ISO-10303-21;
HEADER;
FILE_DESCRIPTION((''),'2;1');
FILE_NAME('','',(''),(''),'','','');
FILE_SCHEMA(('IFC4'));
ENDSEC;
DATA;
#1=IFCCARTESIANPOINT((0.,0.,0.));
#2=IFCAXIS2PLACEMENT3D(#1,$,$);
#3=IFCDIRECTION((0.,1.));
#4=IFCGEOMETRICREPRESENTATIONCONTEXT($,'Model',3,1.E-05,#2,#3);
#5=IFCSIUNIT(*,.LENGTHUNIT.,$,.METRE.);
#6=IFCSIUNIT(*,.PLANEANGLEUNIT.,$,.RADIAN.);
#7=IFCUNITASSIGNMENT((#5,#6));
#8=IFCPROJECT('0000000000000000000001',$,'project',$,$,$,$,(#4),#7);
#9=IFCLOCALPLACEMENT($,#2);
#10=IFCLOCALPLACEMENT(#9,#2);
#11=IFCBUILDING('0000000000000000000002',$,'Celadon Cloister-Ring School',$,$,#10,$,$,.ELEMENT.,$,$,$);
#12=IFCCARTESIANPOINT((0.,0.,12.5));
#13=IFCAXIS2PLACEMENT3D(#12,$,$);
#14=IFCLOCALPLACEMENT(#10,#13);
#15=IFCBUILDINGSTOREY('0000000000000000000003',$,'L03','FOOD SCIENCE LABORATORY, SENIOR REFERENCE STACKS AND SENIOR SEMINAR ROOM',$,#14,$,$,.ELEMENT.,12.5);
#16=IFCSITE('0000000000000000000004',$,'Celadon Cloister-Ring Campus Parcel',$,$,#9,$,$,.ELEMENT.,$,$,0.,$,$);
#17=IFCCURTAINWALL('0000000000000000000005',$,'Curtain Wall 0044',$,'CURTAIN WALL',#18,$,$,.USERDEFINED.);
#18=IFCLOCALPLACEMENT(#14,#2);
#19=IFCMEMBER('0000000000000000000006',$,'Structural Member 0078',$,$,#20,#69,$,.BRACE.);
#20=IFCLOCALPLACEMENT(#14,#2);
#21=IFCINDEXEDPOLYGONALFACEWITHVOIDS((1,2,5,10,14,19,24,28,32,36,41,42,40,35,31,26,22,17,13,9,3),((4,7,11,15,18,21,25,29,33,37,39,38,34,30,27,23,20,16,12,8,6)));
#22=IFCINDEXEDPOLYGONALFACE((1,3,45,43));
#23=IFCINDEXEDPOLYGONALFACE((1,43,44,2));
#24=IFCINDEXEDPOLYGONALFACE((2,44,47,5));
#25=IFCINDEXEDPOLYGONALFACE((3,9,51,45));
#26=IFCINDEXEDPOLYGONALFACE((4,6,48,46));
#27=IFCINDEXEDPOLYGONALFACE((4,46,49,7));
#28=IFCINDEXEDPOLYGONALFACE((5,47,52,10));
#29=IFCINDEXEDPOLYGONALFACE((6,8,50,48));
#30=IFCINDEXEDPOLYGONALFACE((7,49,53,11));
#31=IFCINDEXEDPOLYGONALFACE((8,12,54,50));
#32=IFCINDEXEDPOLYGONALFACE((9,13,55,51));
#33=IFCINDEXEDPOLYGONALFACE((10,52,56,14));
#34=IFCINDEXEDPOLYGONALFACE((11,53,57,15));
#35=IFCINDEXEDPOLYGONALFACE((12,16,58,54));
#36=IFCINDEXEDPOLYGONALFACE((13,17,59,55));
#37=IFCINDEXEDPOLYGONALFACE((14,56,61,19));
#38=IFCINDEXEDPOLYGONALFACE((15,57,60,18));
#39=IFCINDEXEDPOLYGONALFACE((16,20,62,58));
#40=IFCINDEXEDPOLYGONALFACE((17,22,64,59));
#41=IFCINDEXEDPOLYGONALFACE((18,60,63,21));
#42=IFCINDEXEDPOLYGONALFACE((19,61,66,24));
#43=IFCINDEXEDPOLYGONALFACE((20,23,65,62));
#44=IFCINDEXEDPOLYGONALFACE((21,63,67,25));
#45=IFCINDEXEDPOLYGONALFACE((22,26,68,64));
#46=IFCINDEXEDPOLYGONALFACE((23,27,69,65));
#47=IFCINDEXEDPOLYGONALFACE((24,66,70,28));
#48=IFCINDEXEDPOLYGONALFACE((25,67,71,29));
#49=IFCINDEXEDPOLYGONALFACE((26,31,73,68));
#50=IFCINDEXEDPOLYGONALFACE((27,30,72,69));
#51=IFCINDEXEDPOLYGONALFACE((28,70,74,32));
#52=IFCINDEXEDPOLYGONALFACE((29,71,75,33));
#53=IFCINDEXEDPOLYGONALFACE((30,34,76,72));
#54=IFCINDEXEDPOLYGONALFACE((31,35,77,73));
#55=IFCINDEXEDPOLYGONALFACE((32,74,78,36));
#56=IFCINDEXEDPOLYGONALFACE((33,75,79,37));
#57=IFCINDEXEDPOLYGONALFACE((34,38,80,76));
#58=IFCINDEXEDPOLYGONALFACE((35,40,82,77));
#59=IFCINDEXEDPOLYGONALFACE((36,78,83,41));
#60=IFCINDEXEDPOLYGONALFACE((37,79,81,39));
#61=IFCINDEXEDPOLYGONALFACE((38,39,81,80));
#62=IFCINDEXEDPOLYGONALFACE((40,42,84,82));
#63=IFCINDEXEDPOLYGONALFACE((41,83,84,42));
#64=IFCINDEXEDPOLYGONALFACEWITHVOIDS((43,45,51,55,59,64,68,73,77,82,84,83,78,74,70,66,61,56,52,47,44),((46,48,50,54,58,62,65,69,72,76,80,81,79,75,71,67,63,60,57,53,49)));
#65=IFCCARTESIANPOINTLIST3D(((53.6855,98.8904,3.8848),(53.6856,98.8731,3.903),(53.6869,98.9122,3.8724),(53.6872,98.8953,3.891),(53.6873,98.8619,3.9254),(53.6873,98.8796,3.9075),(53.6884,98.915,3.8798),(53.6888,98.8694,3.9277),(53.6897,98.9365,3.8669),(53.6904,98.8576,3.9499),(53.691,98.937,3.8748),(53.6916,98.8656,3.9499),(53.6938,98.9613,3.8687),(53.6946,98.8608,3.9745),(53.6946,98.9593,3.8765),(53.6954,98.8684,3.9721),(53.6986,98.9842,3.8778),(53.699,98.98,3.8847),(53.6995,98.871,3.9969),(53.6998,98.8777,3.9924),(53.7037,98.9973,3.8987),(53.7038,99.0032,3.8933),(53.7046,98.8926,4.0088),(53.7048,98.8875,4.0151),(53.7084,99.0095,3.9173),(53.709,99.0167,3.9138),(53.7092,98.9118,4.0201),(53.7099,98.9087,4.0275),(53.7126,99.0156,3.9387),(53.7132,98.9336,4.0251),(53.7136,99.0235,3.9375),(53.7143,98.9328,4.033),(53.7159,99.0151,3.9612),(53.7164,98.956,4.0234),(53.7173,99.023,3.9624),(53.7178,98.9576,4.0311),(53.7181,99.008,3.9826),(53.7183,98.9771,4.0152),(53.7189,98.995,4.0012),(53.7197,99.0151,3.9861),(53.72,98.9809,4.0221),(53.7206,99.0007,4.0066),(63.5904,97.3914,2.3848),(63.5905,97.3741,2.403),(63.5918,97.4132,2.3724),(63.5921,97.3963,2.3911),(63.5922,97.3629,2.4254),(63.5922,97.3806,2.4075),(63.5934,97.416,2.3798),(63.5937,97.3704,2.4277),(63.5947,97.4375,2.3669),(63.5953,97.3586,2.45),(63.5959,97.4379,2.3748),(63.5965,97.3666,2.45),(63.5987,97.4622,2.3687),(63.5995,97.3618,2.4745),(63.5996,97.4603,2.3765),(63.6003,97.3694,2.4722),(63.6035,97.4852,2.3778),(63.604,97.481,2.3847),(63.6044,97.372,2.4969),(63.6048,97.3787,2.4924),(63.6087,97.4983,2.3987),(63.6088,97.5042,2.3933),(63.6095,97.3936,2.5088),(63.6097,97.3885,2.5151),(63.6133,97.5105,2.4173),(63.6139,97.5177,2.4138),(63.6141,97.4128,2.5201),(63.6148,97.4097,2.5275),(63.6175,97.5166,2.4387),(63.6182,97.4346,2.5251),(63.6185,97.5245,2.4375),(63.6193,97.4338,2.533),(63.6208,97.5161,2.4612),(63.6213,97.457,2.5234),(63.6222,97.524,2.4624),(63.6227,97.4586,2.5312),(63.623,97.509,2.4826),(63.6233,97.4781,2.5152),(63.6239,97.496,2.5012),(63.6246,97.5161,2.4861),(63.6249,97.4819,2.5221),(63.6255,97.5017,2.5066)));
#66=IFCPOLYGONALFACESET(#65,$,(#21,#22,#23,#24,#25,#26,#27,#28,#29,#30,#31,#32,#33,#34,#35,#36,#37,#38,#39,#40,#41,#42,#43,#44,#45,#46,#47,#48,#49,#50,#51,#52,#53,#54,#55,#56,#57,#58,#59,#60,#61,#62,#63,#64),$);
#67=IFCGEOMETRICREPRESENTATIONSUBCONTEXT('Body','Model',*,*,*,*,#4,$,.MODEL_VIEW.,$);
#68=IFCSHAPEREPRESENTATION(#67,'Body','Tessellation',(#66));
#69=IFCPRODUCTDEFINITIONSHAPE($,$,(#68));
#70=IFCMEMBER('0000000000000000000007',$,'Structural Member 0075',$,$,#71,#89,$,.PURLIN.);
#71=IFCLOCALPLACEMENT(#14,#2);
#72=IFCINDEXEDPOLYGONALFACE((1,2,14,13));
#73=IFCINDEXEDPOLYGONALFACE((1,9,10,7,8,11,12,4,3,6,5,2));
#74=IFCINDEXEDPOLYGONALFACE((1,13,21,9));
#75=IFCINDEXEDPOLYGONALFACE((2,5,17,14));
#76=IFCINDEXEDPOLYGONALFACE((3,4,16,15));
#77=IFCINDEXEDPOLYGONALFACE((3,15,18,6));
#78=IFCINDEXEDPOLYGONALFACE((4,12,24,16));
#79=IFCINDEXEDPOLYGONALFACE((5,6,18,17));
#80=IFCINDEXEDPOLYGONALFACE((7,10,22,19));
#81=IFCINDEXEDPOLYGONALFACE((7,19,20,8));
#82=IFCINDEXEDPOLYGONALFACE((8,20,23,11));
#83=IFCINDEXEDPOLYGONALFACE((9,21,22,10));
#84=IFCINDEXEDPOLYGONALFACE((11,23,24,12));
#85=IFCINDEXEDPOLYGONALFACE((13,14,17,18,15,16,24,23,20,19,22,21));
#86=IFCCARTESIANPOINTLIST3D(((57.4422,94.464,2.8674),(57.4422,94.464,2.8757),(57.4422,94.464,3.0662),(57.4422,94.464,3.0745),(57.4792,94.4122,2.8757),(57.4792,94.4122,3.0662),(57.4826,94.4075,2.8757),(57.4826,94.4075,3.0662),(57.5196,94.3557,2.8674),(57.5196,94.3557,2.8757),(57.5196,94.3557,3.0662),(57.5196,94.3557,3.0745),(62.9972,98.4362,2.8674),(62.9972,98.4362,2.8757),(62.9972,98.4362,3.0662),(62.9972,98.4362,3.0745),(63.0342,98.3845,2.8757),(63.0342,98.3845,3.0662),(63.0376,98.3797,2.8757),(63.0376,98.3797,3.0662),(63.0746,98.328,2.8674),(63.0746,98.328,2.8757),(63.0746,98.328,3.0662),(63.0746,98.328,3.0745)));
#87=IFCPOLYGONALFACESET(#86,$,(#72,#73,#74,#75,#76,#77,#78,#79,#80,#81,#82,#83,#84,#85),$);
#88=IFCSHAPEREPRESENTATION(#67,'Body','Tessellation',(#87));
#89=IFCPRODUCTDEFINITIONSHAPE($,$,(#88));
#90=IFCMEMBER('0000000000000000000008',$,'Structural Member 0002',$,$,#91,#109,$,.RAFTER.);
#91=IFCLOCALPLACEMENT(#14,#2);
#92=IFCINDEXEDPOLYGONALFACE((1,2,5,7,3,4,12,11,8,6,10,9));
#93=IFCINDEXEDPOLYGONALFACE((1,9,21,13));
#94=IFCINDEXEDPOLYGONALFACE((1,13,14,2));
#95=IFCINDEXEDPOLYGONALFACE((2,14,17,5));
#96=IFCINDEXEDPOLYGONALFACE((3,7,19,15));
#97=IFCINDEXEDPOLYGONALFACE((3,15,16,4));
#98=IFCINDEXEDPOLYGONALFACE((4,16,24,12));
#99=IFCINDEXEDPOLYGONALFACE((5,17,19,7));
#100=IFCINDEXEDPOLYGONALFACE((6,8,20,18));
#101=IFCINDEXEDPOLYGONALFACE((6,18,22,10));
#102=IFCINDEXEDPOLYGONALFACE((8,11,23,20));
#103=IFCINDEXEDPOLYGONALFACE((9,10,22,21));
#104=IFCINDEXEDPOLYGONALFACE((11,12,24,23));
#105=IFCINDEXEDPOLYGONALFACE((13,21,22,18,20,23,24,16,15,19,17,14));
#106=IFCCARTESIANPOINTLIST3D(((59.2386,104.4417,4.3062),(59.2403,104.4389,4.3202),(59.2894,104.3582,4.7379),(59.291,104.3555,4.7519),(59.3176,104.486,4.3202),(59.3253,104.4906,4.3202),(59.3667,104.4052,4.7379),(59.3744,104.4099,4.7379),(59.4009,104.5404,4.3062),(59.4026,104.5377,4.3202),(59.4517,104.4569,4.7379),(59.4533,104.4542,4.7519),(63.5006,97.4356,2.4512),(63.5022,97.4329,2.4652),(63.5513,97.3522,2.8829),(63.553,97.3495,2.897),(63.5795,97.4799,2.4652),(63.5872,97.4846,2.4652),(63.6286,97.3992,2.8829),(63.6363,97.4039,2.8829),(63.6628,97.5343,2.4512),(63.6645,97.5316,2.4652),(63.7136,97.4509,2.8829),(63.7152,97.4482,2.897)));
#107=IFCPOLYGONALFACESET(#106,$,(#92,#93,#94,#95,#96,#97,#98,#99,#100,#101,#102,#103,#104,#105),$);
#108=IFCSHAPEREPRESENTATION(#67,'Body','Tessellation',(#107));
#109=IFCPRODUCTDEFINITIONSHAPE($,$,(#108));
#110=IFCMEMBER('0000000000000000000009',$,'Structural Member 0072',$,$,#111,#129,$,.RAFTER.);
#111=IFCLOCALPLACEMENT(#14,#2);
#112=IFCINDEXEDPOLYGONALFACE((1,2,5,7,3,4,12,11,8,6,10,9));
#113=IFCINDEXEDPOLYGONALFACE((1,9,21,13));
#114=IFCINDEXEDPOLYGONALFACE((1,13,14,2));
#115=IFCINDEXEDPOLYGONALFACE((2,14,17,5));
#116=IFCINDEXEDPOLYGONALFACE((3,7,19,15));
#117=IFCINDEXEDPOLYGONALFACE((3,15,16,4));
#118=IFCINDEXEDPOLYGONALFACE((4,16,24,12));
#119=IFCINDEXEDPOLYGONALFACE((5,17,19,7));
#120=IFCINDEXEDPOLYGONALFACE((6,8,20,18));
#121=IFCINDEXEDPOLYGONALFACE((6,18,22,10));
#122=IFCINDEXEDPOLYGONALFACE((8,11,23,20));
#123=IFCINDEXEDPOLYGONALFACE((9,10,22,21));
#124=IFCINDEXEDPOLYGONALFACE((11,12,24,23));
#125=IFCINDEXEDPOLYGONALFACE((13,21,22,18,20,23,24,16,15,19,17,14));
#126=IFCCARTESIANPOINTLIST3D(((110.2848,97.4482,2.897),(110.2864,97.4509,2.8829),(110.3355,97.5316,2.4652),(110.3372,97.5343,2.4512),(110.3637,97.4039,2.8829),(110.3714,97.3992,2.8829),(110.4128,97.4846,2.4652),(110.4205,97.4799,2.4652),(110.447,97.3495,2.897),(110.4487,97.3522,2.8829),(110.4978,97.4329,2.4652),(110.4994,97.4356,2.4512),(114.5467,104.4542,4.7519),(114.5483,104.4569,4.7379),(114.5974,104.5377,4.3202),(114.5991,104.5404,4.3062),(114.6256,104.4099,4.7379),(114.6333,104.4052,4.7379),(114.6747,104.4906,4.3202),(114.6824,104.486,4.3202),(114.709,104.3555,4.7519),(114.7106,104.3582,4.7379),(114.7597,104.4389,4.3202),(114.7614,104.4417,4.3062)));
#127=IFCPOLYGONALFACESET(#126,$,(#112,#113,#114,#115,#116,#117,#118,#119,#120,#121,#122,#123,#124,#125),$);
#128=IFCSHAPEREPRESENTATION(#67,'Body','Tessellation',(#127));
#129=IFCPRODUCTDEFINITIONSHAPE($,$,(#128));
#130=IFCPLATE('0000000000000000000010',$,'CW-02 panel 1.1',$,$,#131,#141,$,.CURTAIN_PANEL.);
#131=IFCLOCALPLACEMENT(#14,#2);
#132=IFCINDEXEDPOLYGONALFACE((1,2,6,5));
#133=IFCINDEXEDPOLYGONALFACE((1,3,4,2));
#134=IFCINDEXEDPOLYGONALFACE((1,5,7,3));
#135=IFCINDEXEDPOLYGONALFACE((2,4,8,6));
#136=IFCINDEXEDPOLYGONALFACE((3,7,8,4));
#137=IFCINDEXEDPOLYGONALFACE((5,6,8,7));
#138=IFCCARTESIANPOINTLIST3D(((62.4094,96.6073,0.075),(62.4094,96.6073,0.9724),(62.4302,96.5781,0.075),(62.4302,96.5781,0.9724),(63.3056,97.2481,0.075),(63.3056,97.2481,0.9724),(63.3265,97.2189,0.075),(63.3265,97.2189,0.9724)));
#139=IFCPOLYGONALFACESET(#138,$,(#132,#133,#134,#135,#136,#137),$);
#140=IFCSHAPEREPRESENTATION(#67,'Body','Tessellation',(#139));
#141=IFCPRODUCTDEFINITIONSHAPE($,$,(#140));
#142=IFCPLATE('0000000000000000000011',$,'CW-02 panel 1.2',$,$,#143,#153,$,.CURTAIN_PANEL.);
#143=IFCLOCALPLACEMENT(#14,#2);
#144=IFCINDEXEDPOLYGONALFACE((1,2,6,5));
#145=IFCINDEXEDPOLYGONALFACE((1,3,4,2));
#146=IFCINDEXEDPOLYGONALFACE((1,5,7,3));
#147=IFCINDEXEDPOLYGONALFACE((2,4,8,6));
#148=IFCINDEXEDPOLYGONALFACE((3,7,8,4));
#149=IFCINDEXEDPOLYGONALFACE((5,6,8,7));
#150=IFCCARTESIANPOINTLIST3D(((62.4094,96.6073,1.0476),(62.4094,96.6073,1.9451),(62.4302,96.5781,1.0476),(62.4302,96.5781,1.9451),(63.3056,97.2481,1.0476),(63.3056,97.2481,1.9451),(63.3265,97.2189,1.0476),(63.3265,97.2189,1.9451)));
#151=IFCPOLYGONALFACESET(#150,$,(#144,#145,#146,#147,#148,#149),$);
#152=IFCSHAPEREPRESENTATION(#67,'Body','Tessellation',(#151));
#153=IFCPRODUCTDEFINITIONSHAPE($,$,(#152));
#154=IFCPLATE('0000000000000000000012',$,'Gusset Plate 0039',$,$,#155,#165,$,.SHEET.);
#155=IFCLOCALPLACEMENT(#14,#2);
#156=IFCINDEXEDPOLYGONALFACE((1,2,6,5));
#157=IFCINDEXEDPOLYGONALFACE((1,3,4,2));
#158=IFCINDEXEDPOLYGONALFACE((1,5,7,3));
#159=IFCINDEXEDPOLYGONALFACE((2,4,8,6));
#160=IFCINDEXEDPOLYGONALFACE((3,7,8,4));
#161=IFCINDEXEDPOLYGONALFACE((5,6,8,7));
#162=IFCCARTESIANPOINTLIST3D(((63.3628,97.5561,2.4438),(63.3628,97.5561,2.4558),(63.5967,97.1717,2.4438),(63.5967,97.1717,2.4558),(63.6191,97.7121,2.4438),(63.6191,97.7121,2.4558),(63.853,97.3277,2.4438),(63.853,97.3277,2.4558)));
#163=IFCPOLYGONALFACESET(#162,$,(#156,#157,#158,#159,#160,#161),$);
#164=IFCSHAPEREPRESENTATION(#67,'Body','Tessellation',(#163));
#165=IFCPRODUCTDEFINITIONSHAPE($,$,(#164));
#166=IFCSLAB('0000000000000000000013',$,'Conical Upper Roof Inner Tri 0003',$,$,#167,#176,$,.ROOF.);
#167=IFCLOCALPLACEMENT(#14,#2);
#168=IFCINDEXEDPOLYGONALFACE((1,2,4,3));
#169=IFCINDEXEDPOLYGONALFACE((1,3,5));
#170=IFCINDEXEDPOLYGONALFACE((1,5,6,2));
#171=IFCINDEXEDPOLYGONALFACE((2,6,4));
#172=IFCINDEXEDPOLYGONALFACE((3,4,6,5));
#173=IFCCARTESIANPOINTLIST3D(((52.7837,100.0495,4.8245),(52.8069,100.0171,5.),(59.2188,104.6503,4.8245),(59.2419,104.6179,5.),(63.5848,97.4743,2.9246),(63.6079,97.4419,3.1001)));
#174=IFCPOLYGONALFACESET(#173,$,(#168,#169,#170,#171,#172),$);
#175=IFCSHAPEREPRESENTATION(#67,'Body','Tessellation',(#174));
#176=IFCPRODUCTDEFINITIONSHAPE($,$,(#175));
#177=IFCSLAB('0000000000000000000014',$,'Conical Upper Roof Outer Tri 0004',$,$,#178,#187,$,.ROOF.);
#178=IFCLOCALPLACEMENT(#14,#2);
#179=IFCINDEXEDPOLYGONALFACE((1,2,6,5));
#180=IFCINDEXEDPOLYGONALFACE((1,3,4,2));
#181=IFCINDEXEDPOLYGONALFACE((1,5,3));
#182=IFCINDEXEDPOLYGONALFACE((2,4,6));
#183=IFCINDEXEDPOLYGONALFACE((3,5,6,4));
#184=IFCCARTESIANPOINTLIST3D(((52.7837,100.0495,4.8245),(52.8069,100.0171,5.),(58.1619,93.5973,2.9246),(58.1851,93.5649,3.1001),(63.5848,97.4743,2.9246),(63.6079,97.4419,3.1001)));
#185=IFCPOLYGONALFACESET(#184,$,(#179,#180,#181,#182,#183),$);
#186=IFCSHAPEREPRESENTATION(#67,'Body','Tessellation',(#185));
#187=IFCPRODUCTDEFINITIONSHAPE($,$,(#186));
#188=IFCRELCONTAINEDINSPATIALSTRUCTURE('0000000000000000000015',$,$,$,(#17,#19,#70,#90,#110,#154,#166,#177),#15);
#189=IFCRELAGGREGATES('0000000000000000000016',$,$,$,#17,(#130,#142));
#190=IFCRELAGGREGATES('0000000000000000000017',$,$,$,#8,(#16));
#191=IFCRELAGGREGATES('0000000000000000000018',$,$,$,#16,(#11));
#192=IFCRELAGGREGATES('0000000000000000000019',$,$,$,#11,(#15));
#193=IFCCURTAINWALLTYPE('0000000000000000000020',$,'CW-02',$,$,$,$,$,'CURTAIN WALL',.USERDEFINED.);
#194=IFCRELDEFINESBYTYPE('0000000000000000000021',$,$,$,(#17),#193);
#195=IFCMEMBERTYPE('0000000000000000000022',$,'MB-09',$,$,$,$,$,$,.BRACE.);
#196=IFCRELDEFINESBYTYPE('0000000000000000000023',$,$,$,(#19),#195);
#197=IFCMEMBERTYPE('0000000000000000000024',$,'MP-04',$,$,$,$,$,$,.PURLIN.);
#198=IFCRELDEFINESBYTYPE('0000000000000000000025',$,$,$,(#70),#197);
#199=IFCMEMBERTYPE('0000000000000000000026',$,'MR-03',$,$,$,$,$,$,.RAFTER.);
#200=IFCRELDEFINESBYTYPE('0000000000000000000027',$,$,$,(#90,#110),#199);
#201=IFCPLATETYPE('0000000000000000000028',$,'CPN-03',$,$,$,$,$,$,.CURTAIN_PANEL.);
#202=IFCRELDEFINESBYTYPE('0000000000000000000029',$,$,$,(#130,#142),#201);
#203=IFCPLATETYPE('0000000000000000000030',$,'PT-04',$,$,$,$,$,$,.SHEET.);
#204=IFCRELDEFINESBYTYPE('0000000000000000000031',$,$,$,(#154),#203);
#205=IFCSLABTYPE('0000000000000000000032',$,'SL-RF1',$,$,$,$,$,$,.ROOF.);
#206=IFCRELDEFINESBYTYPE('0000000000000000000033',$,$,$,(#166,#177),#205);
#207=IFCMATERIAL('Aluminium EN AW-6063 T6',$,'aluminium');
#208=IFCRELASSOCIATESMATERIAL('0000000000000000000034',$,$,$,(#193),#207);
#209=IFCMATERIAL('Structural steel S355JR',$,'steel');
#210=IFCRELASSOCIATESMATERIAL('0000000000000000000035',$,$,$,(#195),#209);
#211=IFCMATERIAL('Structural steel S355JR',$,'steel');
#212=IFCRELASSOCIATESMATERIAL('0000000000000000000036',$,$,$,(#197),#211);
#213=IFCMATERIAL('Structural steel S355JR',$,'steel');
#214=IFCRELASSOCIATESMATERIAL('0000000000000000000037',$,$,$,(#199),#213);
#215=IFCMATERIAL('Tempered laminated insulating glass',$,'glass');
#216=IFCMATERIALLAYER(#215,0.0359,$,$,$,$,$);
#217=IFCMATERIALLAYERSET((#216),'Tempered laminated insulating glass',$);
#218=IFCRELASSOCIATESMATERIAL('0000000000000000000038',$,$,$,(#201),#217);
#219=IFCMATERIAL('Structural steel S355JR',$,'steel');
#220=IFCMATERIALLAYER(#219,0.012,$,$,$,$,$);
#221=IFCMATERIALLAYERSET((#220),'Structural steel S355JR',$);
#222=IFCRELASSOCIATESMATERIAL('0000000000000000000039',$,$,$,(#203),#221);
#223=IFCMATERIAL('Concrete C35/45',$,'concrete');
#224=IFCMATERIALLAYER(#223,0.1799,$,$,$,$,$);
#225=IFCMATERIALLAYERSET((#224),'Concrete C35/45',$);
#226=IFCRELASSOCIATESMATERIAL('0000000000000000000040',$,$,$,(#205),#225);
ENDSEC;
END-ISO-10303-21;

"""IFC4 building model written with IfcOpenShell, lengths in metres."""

from ifc_helpers import new_model, si_unit, direction, frame, origin, origin_2d, place, context, subcontext, project, spatial, polyline, rectangle, hollow_circle, i_section, outline, extrude, material, layer, layer_set, material_profile, profile_set, type_object, element, aggregate, save


model = new_model("IFC4")

# Units and contexts
model_context = context("Model", 3, precision=1e-05, world=origin(), true_north=direction((0.0, 1.0)))
body_context = subcontext(model_context, "Body", "Model", "MODEL_VIEW")
ifc_project = project(units=[si_unit("LENGTHUNIT", "METRE"), si_unit("PLANEANGLEUNIT", "RADIAN")], contexts=[model_context])

# Site, building, storey
site_placement = place(None, origin())
site = spatial("IfcSite", under=ifc_project, at=site_placement, Name="Celadon Cloister-Ring Campus Parcel", CompositionType="ELEMENT", RefElevation=0.0)
building_placement = place(site_placement, origin())
building = spatial("IfcBuilding", under=site, at=building_placement, Name="Celadon Cloister-Ring School", CompositionType="ELEMENT")
storey_placement = place(building_placement, frame((0.0, 0.0, 12.5)))
storey = spatial("IfcBuildingStorey", under=building, at=storey_placement, Name="L03", Description="FOOD SCIENCE LABORATORY, SENIOR REFERENCE STACKS AND SENIOR SEMINAR ROOM", CompositionType="ELEMENT", Elevation=12.5)

# Curtain wall
ifc_material_1 = material(Name="Aluminium EN AW-6063 T6", Category="aluminium")
curtain_wall_type = type_object("IfcCurtainWallType", Name="CW-02", ElementType="CURTAIN WALL", PredefinedType="USERDEFINED", material=ifc_material_1)
curtain_wall_1_placement = place(storey_placement, origin())
curtain_wall_1 = element("IfcCurtainWall", 1, at=curtain_wall_1_placement, inside=storey, type_object=curtain_wall_type, Name="Curtain Wall 0044", ObjectType="CURTAIN WALL", PredefinedType="USERDEFINED")

# Members
ifc_material_2 = material(Name="Structural steel S355JR", Category="steel")
ifc_material_profile_1 = material_profile(ifc_material_2, hollow_circle(Radius=0.0842, WallThickness=0.0081, at=origin_2d()), Name="CHS168.3X8")
ifc_profile_set_1 = profile_set([ifc_material_profile_1], Name="Structural steel S355JR")
member_type_1 = type_object("IfcMemberType", Name="MB-09", PredefinedType="BRACE", material=ifc_profile_set_1)
member_1_placement = place(storey_placement, frame((63.6079, 97.4419, 2.45), z_axis=(-0.97784, 0.147986, 0.148082), x_axis=(-0.149636, -0.988741, 0.0)))
element("IfcMember", 2, at=member_1_placement, inside=storey, type_object=member_type_1, Name="Structural Member 0078", PredefinedType="BRACE", context=body_context, shape_type="SweptSolid", body=[
    extrude(hollow_circle(Radius=0.0842, WallThickness=0.0081, at=origin_2d()), origin(), (0.0, 0.0, 1.0), 10.1294),
])
ifc_material_3 = material(Name="Structural steel S355JR", Category="steel")
ifc_material_profile_2 = material_profile(ifc_material_3, i_section(OverallWidth=0.1331, OverallDepth=0.207, WebThickness=0.0059, FlangeThickness=0.0083, at=origin_2d()), Name="W200X27")
ifc_profile_set_2 = profile_set([ifc_material_profile_2], Name="Structural steel S355JR")
member_type_2 = type_object("IfcMemberType", Name="MP-04", PredefinedType="PURLIN", material=ifc_profile_set_2)
member_2_placement = place(storey_placement, frame((63.0359, 98.3821, 2.9709), z_axis=(-0.813431, -0.581661, 0.0), x_axis=(0.581661, -0.813431, 0.0)))
element("IfcMember", 3, at=member_2_placement, inside=storey, type_object=member_type_2, Name="Structural Member 0075", PredefinedType="PURLIN", context=body_context, shape_type="SweptSolid", body=[
    extrude(i_section(OverallWidth=0.1331, OverallDepth=0.207, WebThickness=0.0059, FlangeThickness=0.0083, at=origin_2d()), origin(), (0.0, 0.0, 1.0), 6.8291),
])
ifc_material_4 = material(Name="Structural steel S355JR", Category="steel")
ifc_material_profile_3 = material_profile(ifc_material_4, i_section(OverallWidth=0.1899, OverallDepth=0.457, WebThickness=0.009, FlangeThickness=0.0144, at=origin_2d()), Name="W460X74")
ifc_profile_set_3 = profile_set([ifc_material_profile_3], Name="Structural steel S355JR")
member_type_3 = type_object("IfcMemberType", Name="MR-03", PredefinedType="RAFTER", material=ifc_profile_set_3)
for number, where, z_axis, x_axis, name in (
    (4, (63.6079, 97.4419, 2.6741), (-0.506907, 0.833288, 0.220627), (-0.854341, -0.519714, 0.0), "Structural Member 0002"),
    (5, (110.3921, 97.4419, 2.6741), (0.506907, 0.833288, 0.220627), (-0.854341, 0.519714, 0.0), "Structural Member 0072"),
):
    element("IfcMember", number, at=place(storey_placement, frame(where, z_axis=z_axis, x_axis=x_axis)), inside=storey, type_object=member_type_3, Name=name, PredefinedType="RAFTER", context=body_context, shape_type="SweptSolid", body=[
        extrude(i_section(OverallWidth=0.1899, OverallDepth=0.457, WebThickness=0.009, FlangeThickness=0.0144, at=origin_2d()), origin(), (0.0, 0.0, 1.0), 8.4077),
    ])

# Plates
ifc_material_5 = material(Name="Tempered laminated insulating glass", Category="glass")
ifc_layer_1 = layer(ifc_material_5, 0.0359)
ifc_layer_set_1 = layer_set([ifc_layer_1], Name="Tempered laminated insulating glass")
plate_type_1 = type_object("IfcPlateType", Name="CPN-03", PredefinedType="CURTAIN_PANEL", material=ifc_layer_set_1)
plate_1_placement = place(storey_placement, frame((62.8679, 96.9131, 0.075), z_axis=(0.0, 0.0, 1.0), x_axis=(-0.813446, -0.581641, 0.0)))
plate_1 = element("IfcPlate", 6, at=plate_1_placement, type_object=plate_type_1, Name="CW-02 panel 1.1", PredefinedType="CURTAIN_PANEL", context=body_context, shape_type="SweptSolid", body=[
    extrude(rectangle(XDim=1.1018, YDim=0.0359, at=origin_2d()), origin(), (0.0, 0.0, 1.0), 0.8975),
])
plate_2_placement = place(storey_placement, frame((62.8679, 96.9131, 1.0476), z_axis=(0.0, 0.0, 1.0), x_axis=(-0.813446, -0.581641, 0.0)))
plate_2 = element("IfcPlate", 7, at=plate_2_placement, type_object=plate_type_1, Name="CW-02 panel 1.2", PredefinedType="CURTAIN_PANEL", context=body_context, shape_type="SweptSolid", body=[
    extrude(rectangle(XDim=1.1018, YDim=0.0359, at=origin_2d()), origin(), (0.0, 0.0, 1.0), 0.8975),
])
aggregate(curtain_wall_1, [plate_1, plate_2])
ifc_material_6 = material(Name="Structural steel S355JR", Category="steel")
ifc_layer_2 = layer(ifc_material_6, 0.012)
ifc_layer_set_2 = layer_set([ifc_layer_2], Name="Structural steel S355JR")
plate_type_2 = type_object("IfcPlateType", Name="PT-04", PredefinedType="SHEET", material=ifc_layer_set_2)
plate_3_placement = place(storey_placement, frame((63.6079, 97.4419, 2.4438), z_axis=(0.0, 0.0, 1.0), x_axis=(-0.519817, 0.854277, 0.0)))
element("IfcPlate", 8, at=plate_3_placement, inside=storey, type_object=plate_type_2, Name="Gusset Plate 0039", PredefinedType="SHEET", context=body_context, shape_type="SweptSolid", body=[
    extrude(rectangle(XDim=0.45, YDim=0.3, at=origin_2d()), origin(), (0.0, 0.0, 1.0), 0.012),
])

# Slabs
ifc_material_7 = material(Name="Concrete C35/45", Category="concrete")
ifc_layer_3 = layer(ifc_material_7, 0.1799)
ifc_layer_set_3 = layer_set([ifc_layer_3], Name="Concrete C35/45")
slab_type = type_object("IfcSlabType", Name="SL-RF1", PredefinedType="ROOF", material=ifc_layer_set_3)
slab_1_placement = place(storey_placement, frame((63.6079, 97.4419, 3.1001), z_axis=(0.128644, -0.179931, 0.975231), x_axis=(-0.506963, 0.833258, 0.220611)))
element("IfcSlab", 9, at=slab_1_placement, inside=storey, type_object=slab_type, Name="Conical Upper Roof Inner Tri 0003", PredefinedType="ROOF", context=body_context, shape_type="SweptSolid", body=[
    extrude(outline(polyline([(0.0, 0.0), (8.612, 0.0), (8.0407, 7.8899), (0.0, 0.0)])), origin(), (0.0, 0.0, -1.0), 0.1799),
])
slab_2_placement = place(storey_placement, frame((63.6079, 97.4419, 3.1001), z_axis=(0.128642, -0.179937, 0.97523), x_axis=(-0.958801, 0.228599, 0.168653)))
element("IfcSlab", 10, at=slab_2_placement, inside=storey, type_object=slab_type, Name="Conical Upper Roof Outer Tri 0004", PredefinedType="ROOF", context=body_context, shape_type="SweptSolid", body=[
    extrude(outline(polyline([(0.0, 0.0), (11.2651, 0.0), (4.3132, 5.0828), (0.0, 0.0)])), origin(), (0.0, 0.0, -1.0), 0.1799),
])

save(model, "model.ifc")
